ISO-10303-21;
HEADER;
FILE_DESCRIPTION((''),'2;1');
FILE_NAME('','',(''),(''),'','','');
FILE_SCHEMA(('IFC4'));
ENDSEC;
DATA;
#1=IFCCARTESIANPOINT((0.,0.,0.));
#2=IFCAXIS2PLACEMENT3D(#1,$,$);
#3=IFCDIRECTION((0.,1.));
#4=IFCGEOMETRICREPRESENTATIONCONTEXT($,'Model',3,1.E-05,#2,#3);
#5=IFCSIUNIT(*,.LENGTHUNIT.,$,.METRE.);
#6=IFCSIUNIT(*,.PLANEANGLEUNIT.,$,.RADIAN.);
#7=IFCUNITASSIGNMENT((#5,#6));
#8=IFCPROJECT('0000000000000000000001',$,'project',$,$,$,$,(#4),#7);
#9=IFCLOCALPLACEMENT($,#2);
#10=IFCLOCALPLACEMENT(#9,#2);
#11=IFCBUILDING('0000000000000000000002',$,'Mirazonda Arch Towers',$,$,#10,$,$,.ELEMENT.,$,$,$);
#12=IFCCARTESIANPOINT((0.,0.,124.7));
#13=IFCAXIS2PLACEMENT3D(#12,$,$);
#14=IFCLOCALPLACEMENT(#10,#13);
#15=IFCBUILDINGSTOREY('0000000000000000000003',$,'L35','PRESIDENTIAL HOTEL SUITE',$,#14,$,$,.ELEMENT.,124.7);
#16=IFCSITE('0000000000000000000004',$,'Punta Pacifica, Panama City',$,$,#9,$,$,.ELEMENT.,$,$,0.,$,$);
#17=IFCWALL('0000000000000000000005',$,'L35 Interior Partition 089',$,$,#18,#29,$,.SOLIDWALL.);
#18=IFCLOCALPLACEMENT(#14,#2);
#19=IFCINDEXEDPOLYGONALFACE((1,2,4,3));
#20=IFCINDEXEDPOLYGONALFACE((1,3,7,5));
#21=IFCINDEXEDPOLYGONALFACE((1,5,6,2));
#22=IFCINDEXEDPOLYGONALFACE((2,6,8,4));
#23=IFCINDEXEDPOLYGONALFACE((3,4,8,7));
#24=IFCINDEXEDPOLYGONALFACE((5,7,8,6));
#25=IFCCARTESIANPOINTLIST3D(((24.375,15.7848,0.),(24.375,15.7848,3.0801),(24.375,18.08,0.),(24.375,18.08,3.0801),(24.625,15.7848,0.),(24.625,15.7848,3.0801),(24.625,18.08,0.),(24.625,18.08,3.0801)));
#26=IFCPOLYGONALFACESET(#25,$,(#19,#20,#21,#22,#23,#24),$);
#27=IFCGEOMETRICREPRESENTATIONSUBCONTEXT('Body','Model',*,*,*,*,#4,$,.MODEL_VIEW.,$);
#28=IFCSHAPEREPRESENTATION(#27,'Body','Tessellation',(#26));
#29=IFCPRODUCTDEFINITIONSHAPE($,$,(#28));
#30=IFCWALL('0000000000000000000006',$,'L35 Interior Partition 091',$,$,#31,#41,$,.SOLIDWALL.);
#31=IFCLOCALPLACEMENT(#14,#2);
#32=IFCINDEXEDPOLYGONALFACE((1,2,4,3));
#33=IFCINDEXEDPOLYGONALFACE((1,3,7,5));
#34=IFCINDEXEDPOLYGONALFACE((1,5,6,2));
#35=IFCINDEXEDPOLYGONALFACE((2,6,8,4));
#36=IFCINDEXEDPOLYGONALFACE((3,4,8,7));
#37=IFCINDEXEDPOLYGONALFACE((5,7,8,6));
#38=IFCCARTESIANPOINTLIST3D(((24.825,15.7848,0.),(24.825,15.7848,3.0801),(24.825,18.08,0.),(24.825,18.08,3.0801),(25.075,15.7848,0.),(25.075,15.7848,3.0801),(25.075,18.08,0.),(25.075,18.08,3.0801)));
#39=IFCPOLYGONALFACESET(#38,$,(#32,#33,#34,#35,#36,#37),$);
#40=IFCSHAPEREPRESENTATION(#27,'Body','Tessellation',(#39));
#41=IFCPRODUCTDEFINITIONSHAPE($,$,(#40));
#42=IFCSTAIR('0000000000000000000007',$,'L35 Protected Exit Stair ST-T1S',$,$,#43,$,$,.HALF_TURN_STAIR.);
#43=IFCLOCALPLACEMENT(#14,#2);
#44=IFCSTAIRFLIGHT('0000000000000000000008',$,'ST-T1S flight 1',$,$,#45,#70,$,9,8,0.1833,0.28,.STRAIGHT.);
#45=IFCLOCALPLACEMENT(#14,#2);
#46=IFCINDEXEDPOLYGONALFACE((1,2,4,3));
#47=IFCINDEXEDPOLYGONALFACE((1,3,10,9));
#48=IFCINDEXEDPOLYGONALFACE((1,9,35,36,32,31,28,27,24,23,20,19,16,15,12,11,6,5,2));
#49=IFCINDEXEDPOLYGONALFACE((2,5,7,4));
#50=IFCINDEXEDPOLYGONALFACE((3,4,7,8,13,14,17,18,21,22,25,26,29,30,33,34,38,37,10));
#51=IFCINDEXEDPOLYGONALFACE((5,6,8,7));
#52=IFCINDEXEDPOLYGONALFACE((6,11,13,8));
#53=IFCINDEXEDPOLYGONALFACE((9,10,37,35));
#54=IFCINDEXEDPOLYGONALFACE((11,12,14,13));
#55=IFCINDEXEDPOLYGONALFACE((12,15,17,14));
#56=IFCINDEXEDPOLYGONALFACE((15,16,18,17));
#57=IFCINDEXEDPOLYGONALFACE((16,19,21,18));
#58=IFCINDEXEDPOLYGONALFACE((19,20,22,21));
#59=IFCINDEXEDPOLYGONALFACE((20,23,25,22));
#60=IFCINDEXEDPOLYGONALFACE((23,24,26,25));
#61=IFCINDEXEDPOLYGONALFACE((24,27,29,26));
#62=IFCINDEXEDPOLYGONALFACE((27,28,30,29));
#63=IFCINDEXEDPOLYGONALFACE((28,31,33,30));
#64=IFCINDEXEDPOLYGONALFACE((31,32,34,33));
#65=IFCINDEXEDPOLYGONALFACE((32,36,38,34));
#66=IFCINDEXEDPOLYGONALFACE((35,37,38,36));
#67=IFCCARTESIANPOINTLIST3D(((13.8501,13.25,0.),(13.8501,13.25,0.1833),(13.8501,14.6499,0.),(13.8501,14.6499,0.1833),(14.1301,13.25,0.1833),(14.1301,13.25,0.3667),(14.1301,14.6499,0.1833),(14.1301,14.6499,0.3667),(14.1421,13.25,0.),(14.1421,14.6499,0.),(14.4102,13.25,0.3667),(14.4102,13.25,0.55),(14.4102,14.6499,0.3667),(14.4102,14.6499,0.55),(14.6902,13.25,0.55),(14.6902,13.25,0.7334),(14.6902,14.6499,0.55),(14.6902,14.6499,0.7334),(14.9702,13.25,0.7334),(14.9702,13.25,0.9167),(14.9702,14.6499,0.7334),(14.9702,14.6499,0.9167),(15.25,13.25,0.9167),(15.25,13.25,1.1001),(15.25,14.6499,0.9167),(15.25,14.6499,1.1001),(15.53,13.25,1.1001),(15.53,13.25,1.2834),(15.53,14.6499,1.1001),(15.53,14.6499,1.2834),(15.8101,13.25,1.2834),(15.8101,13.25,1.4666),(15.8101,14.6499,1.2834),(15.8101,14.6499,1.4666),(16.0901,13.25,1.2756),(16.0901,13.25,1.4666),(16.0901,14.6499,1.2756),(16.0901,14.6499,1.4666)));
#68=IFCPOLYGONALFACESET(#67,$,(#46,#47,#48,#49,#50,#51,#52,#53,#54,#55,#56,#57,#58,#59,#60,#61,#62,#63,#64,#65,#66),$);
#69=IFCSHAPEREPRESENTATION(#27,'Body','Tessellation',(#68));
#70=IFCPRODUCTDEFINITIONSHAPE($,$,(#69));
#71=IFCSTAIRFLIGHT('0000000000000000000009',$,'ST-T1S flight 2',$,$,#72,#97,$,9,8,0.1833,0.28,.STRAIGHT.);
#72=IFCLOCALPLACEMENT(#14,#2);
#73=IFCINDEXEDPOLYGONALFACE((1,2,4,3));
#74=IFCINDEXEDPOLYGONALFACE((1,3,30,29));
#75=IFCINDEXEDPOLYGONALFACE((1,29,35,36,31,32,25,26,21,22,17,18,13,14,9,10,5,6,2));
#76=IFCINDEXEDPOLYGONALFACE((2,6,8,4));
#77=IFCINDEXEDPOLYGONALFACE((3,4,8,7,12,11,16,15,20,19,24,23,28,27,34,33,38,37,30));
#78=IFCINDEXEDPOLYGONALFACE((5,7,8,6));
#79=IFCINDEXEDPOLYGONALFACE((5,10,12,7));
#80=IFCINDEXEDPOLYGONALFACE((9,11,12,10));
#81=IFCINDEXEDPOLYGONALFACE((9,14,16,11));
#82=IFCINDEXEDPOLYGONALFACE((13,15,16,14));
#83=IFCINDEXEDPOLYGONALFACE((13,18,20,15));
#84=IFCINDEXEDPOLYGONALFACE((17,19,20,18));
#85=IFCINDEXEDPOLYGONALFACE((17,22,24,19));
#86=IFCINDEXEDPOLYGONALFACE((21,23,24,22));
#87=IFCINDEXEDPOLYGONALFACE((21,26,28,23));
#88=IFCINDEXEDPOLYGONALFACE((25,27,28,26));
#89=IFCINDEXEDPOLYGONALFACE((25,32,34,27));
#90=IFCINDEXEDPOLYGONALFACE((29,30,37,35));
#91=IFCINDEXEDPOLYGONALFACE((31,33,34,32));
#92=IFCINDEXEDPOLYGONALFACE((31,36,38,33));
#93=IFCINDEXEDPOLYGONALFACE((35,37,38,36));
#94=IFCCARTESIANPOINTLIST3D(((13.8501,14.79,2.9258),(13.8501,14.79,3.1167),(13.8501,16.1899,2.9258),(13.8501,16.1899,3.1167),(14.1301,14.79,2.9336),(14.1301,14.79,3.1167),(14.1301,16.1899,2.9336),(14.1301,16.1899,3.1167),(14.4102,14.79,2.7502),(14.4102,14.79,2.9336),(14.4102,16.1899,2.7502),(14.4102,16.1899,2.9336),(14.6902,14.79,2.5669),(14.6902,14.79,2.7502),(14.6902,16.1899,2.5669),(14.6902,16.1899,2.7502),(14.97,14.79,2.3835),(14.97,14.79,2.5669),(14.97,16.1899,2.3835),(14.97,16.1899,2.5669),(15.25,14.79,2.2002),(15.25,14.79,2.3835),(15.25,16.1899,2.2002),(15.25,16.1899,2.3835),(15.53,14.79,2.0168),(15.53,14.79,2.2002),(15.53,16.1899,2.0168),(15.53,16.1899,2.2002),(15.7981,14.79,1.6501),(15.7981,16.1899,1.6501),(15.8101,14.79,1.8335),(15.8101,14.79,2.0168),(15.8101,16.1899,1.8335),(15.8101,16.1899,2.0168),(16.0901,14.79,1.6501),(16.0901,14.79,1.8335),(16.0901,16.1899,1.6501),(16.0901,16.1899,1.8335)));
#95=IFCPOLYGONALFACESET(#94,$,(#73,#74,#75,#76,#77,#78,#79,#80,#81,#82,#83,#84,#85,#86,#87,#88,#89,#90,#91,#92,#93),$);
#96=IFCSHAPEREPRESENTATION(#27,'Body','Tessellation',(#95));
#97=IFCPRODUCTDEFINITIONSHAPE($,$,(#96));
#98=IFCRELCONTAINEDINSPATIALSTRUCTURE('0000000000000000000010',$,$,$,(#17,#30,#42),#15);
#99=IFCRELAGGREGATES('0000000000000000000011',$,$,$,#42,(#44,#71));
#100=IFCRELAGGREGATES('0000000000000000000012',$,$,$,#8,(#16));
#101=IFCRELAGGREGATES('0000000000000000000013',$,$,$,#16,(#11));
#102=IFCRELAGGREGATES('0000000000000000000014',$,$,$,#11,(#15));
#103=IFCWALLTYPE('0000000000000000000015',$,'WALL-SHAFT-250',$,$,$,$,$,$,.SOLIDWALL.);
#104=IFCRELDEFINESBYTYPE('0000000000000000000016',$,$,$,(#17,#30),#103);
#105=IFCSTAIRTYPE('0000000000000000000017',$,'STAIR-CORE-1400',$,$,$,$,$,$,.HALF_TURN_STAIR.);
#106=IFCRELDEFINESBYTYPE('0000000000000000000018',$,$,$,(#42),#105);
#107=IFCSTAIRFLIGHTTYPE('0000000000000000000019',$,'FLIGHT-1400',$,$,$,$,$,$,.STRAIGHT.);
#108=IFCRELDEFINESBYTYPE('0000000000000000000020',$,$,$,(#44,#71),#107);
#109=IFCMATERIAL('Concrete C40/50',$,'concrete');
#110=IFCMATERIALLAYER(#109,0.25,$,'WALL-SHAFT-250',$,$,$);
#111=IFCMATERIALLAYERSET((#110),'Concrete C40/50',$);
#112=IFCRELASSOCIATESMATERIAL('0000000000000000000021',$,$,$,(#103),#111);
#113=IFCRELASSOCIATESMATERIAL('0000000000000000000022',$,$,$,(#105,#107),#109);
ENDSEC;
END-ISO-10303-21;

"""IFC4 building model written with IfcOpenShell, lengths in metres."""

from ifc_helpers import new_model, si_unit, direction, frame, frame_2d, origin, place, context, subcontext, project, spatial, polyline, rectangle, outline, extrude, material, layer, layer_set, type_object, element, aggregate, save


model = new_model("IFC4")

# Units and contexts
model_context = context("Model", 3, precision=1e-05, world=origin(), true_north=direction((0.0, 1.0)))
body_context = subcontext(model_context, "Body", "Model", "MODEL_VIEW")
ifc_project = project(units=[si_unit("LENGTHUNIT", "METRE"), si_unit("PLANEANGLEUNIT", "RADIAN")], contexts=[model_context])

# Site, building, storey
site_placement = place(None, origin())
site = spatial("IfcSite", under=ifc_project, at=site_placement, Name="Punta Pacifica, Panama City", CompositionType="ELEMENT", RefElevation=0.0)
building_placement = place(site_placement, origin())
building = spatial("IfcBuilding", under=site, at=building_placement, Name="Mirazonda Arch Towers", CompositionType="ELEMENT")
storey_placement = place(building_placement, frame((0.0, 0.0, 124.7)))
storey = spatial("IfcBuildingStorey", under=building, at=storey_placement, Name="L35", Description="PRESIDENTIAL HOTEL SUITE", CompositionType="ELEMENT", Elevation=124.7)

# Walls
ifc_material_1 = material(Name="Concrete C40/50", Category="concrete")
ifc_layer_1 = layer(ifc_material_1, 0.25, Name="WALL-SHAFT-250")
ifc_layer_set_1 = layer_set([ifc_layer_1], Name="Concrete C40/50")
wall_type_1 = type_object("IfcWallType", Name="WALL-SHAFT-250", PredefinedType="SOLIDWALL", material=ifc_layer_set_1)
for number, where, z_axis, x_axis, name in (
    (1, (24.5, 15.7849, 0.0), (0.0, 0.0, 1.0), (0.0, 1.0, 0.0), "L35 Interior Partition 089"),
    (2, (24.95, 15.7849, 0.0), (0.0, 0.0, 1.0), (0.0, 1.0, 0.0), "L35 Interior Partition 091"),
):
    element("IfcWall", number, at=place(storey_placement, frame(where, z_axis=z_axis, x_axis=x_axis)), inside=storey, type_object=wall_type_1, Name=name, PredefinedType="SOLIDWALL", context=body_context, shape_type="SweptSolid", body=[
        extrude(rectangle(XDim=2.2952, YDim=0.25, at=frame_2d((1.1475, 0.0))), origin(), (0.0, 0.0, 1.0), 3.0801),
    ])

# Stair, stair flights
stair_type = type_object("IfcStairType", Name="STAIR-CORE-1400", PredefinedType="HALF_TURN_STAIR", material=ifc_material_1)
stair_placement = place(storey_placement, origin())
stair = element("IfcStair", 3, at=stair_placement, inside=storey, type_object=stair_type, Name="L35 Protected Exit Stair ST-T1S", PredefinedType="HALF_TURN_STAIR")
stair_flight_type = type_object("IfcStairFlightType", Name="FLIGHT-1400", PredefinedType="STRAIGHT", material=ifc_material_1)
stair_flight_1_placement = place(storey_placement, frame((13.8501, 13.95, 0.0), z_axis=(0.0, 0.0, 1.0), x_axis=(1.0, 0.0, 0.0)))
stair_flight_1 = element("IfcStairFlight", 4, at=stair_flight_1_placement, type_object=stair_flight_type, Name="ST-T1S flight 1", NumberOfRisers=9, NumberOfTreads=8, PredefinedType="STRAIGHT", RiserHeight=0.1833, TreadLength=0.28, context=body_context, shape_type="SweptSolid", body=[
    extrude(outline(polyline([(0.0, 0.0), (0.0, 0.1833), (0.28, 0.1833), (0.28, 0.3667), (0.5601, 0.3667), (0.5601, 0.55), (0.8401, 0.55), (0.8401, 0.7334), (1.1201, 0.7334), (1.1201, 0.9167), (1.3999, 0.9167), (1.3999, 1.1001), (1.6799, 1.1001), (1.6799, 1.2834), (1.96, 1.2834), (1.96, 1.4666), (2.24, 1.4666), (2.24, 1.6499), (2.24, 1.2756), (0.292, 0.0), (0.0, 0.0)])), frame((0.0, 0.7, 0.0), z_axis=(0.0, -1.0, 0.0), x_axis=(1.0, 0.0, 0.0)), (0.0, 0.0, 1.0), 1.3999),
])
stair_flight_2_placement = place(storey_placement, frame((16.0901, 15.49, 1.6501), z_axis=(0.0, 0.0, 1.0), x_axis=(-1.0, 0.0, 0.0)))
stair_flight_2 = element("IfcStairFlight", 5, at=stair_flight_2_placement, type_object=stair_flight_type, Name="ST-T1S flight 2", NumberOfRisers=9, NumberOfTreads=8, PredefinedType="STRAIGHT", RiserHeight=0.1833, TreadLength=0.28, context=body_context, shape_type="SweptSolid", body=[
    extrude(outline(polyline([(0.0, 0.0), (0.0, 0.1833), (0.28, 0.1833), (0.28, 0.3667), (0.5601, 0.3667), (0.5601, 0.55), (0.8401, 0.55), (0.8401, 0.7334), (1.1201, 0.7334), (1.1201, 0.9167), (1.3999, 0.9167), (1.3999, 1.1001), (1.6799, 1.1001), (1.6799, 1.2834), (1.96, 1.2834), (1.96, 1.4666), (2.24, 1.4666), (2.24, 1.6499), (2.24, 1.2756), (0.292, 0.0), (0.0, 0.0)])), frame((0.0, 0.7, 0.0), z_axis=(0.0, -1.0, 0.0), x_axis=(1.0, 0.0, 0.0)), (0.0, 0.0, 1.0), 1.3999),
])
aggregate(stair, [stair_flight_1, stair_flight_2])

save(model, "model.ifc")
